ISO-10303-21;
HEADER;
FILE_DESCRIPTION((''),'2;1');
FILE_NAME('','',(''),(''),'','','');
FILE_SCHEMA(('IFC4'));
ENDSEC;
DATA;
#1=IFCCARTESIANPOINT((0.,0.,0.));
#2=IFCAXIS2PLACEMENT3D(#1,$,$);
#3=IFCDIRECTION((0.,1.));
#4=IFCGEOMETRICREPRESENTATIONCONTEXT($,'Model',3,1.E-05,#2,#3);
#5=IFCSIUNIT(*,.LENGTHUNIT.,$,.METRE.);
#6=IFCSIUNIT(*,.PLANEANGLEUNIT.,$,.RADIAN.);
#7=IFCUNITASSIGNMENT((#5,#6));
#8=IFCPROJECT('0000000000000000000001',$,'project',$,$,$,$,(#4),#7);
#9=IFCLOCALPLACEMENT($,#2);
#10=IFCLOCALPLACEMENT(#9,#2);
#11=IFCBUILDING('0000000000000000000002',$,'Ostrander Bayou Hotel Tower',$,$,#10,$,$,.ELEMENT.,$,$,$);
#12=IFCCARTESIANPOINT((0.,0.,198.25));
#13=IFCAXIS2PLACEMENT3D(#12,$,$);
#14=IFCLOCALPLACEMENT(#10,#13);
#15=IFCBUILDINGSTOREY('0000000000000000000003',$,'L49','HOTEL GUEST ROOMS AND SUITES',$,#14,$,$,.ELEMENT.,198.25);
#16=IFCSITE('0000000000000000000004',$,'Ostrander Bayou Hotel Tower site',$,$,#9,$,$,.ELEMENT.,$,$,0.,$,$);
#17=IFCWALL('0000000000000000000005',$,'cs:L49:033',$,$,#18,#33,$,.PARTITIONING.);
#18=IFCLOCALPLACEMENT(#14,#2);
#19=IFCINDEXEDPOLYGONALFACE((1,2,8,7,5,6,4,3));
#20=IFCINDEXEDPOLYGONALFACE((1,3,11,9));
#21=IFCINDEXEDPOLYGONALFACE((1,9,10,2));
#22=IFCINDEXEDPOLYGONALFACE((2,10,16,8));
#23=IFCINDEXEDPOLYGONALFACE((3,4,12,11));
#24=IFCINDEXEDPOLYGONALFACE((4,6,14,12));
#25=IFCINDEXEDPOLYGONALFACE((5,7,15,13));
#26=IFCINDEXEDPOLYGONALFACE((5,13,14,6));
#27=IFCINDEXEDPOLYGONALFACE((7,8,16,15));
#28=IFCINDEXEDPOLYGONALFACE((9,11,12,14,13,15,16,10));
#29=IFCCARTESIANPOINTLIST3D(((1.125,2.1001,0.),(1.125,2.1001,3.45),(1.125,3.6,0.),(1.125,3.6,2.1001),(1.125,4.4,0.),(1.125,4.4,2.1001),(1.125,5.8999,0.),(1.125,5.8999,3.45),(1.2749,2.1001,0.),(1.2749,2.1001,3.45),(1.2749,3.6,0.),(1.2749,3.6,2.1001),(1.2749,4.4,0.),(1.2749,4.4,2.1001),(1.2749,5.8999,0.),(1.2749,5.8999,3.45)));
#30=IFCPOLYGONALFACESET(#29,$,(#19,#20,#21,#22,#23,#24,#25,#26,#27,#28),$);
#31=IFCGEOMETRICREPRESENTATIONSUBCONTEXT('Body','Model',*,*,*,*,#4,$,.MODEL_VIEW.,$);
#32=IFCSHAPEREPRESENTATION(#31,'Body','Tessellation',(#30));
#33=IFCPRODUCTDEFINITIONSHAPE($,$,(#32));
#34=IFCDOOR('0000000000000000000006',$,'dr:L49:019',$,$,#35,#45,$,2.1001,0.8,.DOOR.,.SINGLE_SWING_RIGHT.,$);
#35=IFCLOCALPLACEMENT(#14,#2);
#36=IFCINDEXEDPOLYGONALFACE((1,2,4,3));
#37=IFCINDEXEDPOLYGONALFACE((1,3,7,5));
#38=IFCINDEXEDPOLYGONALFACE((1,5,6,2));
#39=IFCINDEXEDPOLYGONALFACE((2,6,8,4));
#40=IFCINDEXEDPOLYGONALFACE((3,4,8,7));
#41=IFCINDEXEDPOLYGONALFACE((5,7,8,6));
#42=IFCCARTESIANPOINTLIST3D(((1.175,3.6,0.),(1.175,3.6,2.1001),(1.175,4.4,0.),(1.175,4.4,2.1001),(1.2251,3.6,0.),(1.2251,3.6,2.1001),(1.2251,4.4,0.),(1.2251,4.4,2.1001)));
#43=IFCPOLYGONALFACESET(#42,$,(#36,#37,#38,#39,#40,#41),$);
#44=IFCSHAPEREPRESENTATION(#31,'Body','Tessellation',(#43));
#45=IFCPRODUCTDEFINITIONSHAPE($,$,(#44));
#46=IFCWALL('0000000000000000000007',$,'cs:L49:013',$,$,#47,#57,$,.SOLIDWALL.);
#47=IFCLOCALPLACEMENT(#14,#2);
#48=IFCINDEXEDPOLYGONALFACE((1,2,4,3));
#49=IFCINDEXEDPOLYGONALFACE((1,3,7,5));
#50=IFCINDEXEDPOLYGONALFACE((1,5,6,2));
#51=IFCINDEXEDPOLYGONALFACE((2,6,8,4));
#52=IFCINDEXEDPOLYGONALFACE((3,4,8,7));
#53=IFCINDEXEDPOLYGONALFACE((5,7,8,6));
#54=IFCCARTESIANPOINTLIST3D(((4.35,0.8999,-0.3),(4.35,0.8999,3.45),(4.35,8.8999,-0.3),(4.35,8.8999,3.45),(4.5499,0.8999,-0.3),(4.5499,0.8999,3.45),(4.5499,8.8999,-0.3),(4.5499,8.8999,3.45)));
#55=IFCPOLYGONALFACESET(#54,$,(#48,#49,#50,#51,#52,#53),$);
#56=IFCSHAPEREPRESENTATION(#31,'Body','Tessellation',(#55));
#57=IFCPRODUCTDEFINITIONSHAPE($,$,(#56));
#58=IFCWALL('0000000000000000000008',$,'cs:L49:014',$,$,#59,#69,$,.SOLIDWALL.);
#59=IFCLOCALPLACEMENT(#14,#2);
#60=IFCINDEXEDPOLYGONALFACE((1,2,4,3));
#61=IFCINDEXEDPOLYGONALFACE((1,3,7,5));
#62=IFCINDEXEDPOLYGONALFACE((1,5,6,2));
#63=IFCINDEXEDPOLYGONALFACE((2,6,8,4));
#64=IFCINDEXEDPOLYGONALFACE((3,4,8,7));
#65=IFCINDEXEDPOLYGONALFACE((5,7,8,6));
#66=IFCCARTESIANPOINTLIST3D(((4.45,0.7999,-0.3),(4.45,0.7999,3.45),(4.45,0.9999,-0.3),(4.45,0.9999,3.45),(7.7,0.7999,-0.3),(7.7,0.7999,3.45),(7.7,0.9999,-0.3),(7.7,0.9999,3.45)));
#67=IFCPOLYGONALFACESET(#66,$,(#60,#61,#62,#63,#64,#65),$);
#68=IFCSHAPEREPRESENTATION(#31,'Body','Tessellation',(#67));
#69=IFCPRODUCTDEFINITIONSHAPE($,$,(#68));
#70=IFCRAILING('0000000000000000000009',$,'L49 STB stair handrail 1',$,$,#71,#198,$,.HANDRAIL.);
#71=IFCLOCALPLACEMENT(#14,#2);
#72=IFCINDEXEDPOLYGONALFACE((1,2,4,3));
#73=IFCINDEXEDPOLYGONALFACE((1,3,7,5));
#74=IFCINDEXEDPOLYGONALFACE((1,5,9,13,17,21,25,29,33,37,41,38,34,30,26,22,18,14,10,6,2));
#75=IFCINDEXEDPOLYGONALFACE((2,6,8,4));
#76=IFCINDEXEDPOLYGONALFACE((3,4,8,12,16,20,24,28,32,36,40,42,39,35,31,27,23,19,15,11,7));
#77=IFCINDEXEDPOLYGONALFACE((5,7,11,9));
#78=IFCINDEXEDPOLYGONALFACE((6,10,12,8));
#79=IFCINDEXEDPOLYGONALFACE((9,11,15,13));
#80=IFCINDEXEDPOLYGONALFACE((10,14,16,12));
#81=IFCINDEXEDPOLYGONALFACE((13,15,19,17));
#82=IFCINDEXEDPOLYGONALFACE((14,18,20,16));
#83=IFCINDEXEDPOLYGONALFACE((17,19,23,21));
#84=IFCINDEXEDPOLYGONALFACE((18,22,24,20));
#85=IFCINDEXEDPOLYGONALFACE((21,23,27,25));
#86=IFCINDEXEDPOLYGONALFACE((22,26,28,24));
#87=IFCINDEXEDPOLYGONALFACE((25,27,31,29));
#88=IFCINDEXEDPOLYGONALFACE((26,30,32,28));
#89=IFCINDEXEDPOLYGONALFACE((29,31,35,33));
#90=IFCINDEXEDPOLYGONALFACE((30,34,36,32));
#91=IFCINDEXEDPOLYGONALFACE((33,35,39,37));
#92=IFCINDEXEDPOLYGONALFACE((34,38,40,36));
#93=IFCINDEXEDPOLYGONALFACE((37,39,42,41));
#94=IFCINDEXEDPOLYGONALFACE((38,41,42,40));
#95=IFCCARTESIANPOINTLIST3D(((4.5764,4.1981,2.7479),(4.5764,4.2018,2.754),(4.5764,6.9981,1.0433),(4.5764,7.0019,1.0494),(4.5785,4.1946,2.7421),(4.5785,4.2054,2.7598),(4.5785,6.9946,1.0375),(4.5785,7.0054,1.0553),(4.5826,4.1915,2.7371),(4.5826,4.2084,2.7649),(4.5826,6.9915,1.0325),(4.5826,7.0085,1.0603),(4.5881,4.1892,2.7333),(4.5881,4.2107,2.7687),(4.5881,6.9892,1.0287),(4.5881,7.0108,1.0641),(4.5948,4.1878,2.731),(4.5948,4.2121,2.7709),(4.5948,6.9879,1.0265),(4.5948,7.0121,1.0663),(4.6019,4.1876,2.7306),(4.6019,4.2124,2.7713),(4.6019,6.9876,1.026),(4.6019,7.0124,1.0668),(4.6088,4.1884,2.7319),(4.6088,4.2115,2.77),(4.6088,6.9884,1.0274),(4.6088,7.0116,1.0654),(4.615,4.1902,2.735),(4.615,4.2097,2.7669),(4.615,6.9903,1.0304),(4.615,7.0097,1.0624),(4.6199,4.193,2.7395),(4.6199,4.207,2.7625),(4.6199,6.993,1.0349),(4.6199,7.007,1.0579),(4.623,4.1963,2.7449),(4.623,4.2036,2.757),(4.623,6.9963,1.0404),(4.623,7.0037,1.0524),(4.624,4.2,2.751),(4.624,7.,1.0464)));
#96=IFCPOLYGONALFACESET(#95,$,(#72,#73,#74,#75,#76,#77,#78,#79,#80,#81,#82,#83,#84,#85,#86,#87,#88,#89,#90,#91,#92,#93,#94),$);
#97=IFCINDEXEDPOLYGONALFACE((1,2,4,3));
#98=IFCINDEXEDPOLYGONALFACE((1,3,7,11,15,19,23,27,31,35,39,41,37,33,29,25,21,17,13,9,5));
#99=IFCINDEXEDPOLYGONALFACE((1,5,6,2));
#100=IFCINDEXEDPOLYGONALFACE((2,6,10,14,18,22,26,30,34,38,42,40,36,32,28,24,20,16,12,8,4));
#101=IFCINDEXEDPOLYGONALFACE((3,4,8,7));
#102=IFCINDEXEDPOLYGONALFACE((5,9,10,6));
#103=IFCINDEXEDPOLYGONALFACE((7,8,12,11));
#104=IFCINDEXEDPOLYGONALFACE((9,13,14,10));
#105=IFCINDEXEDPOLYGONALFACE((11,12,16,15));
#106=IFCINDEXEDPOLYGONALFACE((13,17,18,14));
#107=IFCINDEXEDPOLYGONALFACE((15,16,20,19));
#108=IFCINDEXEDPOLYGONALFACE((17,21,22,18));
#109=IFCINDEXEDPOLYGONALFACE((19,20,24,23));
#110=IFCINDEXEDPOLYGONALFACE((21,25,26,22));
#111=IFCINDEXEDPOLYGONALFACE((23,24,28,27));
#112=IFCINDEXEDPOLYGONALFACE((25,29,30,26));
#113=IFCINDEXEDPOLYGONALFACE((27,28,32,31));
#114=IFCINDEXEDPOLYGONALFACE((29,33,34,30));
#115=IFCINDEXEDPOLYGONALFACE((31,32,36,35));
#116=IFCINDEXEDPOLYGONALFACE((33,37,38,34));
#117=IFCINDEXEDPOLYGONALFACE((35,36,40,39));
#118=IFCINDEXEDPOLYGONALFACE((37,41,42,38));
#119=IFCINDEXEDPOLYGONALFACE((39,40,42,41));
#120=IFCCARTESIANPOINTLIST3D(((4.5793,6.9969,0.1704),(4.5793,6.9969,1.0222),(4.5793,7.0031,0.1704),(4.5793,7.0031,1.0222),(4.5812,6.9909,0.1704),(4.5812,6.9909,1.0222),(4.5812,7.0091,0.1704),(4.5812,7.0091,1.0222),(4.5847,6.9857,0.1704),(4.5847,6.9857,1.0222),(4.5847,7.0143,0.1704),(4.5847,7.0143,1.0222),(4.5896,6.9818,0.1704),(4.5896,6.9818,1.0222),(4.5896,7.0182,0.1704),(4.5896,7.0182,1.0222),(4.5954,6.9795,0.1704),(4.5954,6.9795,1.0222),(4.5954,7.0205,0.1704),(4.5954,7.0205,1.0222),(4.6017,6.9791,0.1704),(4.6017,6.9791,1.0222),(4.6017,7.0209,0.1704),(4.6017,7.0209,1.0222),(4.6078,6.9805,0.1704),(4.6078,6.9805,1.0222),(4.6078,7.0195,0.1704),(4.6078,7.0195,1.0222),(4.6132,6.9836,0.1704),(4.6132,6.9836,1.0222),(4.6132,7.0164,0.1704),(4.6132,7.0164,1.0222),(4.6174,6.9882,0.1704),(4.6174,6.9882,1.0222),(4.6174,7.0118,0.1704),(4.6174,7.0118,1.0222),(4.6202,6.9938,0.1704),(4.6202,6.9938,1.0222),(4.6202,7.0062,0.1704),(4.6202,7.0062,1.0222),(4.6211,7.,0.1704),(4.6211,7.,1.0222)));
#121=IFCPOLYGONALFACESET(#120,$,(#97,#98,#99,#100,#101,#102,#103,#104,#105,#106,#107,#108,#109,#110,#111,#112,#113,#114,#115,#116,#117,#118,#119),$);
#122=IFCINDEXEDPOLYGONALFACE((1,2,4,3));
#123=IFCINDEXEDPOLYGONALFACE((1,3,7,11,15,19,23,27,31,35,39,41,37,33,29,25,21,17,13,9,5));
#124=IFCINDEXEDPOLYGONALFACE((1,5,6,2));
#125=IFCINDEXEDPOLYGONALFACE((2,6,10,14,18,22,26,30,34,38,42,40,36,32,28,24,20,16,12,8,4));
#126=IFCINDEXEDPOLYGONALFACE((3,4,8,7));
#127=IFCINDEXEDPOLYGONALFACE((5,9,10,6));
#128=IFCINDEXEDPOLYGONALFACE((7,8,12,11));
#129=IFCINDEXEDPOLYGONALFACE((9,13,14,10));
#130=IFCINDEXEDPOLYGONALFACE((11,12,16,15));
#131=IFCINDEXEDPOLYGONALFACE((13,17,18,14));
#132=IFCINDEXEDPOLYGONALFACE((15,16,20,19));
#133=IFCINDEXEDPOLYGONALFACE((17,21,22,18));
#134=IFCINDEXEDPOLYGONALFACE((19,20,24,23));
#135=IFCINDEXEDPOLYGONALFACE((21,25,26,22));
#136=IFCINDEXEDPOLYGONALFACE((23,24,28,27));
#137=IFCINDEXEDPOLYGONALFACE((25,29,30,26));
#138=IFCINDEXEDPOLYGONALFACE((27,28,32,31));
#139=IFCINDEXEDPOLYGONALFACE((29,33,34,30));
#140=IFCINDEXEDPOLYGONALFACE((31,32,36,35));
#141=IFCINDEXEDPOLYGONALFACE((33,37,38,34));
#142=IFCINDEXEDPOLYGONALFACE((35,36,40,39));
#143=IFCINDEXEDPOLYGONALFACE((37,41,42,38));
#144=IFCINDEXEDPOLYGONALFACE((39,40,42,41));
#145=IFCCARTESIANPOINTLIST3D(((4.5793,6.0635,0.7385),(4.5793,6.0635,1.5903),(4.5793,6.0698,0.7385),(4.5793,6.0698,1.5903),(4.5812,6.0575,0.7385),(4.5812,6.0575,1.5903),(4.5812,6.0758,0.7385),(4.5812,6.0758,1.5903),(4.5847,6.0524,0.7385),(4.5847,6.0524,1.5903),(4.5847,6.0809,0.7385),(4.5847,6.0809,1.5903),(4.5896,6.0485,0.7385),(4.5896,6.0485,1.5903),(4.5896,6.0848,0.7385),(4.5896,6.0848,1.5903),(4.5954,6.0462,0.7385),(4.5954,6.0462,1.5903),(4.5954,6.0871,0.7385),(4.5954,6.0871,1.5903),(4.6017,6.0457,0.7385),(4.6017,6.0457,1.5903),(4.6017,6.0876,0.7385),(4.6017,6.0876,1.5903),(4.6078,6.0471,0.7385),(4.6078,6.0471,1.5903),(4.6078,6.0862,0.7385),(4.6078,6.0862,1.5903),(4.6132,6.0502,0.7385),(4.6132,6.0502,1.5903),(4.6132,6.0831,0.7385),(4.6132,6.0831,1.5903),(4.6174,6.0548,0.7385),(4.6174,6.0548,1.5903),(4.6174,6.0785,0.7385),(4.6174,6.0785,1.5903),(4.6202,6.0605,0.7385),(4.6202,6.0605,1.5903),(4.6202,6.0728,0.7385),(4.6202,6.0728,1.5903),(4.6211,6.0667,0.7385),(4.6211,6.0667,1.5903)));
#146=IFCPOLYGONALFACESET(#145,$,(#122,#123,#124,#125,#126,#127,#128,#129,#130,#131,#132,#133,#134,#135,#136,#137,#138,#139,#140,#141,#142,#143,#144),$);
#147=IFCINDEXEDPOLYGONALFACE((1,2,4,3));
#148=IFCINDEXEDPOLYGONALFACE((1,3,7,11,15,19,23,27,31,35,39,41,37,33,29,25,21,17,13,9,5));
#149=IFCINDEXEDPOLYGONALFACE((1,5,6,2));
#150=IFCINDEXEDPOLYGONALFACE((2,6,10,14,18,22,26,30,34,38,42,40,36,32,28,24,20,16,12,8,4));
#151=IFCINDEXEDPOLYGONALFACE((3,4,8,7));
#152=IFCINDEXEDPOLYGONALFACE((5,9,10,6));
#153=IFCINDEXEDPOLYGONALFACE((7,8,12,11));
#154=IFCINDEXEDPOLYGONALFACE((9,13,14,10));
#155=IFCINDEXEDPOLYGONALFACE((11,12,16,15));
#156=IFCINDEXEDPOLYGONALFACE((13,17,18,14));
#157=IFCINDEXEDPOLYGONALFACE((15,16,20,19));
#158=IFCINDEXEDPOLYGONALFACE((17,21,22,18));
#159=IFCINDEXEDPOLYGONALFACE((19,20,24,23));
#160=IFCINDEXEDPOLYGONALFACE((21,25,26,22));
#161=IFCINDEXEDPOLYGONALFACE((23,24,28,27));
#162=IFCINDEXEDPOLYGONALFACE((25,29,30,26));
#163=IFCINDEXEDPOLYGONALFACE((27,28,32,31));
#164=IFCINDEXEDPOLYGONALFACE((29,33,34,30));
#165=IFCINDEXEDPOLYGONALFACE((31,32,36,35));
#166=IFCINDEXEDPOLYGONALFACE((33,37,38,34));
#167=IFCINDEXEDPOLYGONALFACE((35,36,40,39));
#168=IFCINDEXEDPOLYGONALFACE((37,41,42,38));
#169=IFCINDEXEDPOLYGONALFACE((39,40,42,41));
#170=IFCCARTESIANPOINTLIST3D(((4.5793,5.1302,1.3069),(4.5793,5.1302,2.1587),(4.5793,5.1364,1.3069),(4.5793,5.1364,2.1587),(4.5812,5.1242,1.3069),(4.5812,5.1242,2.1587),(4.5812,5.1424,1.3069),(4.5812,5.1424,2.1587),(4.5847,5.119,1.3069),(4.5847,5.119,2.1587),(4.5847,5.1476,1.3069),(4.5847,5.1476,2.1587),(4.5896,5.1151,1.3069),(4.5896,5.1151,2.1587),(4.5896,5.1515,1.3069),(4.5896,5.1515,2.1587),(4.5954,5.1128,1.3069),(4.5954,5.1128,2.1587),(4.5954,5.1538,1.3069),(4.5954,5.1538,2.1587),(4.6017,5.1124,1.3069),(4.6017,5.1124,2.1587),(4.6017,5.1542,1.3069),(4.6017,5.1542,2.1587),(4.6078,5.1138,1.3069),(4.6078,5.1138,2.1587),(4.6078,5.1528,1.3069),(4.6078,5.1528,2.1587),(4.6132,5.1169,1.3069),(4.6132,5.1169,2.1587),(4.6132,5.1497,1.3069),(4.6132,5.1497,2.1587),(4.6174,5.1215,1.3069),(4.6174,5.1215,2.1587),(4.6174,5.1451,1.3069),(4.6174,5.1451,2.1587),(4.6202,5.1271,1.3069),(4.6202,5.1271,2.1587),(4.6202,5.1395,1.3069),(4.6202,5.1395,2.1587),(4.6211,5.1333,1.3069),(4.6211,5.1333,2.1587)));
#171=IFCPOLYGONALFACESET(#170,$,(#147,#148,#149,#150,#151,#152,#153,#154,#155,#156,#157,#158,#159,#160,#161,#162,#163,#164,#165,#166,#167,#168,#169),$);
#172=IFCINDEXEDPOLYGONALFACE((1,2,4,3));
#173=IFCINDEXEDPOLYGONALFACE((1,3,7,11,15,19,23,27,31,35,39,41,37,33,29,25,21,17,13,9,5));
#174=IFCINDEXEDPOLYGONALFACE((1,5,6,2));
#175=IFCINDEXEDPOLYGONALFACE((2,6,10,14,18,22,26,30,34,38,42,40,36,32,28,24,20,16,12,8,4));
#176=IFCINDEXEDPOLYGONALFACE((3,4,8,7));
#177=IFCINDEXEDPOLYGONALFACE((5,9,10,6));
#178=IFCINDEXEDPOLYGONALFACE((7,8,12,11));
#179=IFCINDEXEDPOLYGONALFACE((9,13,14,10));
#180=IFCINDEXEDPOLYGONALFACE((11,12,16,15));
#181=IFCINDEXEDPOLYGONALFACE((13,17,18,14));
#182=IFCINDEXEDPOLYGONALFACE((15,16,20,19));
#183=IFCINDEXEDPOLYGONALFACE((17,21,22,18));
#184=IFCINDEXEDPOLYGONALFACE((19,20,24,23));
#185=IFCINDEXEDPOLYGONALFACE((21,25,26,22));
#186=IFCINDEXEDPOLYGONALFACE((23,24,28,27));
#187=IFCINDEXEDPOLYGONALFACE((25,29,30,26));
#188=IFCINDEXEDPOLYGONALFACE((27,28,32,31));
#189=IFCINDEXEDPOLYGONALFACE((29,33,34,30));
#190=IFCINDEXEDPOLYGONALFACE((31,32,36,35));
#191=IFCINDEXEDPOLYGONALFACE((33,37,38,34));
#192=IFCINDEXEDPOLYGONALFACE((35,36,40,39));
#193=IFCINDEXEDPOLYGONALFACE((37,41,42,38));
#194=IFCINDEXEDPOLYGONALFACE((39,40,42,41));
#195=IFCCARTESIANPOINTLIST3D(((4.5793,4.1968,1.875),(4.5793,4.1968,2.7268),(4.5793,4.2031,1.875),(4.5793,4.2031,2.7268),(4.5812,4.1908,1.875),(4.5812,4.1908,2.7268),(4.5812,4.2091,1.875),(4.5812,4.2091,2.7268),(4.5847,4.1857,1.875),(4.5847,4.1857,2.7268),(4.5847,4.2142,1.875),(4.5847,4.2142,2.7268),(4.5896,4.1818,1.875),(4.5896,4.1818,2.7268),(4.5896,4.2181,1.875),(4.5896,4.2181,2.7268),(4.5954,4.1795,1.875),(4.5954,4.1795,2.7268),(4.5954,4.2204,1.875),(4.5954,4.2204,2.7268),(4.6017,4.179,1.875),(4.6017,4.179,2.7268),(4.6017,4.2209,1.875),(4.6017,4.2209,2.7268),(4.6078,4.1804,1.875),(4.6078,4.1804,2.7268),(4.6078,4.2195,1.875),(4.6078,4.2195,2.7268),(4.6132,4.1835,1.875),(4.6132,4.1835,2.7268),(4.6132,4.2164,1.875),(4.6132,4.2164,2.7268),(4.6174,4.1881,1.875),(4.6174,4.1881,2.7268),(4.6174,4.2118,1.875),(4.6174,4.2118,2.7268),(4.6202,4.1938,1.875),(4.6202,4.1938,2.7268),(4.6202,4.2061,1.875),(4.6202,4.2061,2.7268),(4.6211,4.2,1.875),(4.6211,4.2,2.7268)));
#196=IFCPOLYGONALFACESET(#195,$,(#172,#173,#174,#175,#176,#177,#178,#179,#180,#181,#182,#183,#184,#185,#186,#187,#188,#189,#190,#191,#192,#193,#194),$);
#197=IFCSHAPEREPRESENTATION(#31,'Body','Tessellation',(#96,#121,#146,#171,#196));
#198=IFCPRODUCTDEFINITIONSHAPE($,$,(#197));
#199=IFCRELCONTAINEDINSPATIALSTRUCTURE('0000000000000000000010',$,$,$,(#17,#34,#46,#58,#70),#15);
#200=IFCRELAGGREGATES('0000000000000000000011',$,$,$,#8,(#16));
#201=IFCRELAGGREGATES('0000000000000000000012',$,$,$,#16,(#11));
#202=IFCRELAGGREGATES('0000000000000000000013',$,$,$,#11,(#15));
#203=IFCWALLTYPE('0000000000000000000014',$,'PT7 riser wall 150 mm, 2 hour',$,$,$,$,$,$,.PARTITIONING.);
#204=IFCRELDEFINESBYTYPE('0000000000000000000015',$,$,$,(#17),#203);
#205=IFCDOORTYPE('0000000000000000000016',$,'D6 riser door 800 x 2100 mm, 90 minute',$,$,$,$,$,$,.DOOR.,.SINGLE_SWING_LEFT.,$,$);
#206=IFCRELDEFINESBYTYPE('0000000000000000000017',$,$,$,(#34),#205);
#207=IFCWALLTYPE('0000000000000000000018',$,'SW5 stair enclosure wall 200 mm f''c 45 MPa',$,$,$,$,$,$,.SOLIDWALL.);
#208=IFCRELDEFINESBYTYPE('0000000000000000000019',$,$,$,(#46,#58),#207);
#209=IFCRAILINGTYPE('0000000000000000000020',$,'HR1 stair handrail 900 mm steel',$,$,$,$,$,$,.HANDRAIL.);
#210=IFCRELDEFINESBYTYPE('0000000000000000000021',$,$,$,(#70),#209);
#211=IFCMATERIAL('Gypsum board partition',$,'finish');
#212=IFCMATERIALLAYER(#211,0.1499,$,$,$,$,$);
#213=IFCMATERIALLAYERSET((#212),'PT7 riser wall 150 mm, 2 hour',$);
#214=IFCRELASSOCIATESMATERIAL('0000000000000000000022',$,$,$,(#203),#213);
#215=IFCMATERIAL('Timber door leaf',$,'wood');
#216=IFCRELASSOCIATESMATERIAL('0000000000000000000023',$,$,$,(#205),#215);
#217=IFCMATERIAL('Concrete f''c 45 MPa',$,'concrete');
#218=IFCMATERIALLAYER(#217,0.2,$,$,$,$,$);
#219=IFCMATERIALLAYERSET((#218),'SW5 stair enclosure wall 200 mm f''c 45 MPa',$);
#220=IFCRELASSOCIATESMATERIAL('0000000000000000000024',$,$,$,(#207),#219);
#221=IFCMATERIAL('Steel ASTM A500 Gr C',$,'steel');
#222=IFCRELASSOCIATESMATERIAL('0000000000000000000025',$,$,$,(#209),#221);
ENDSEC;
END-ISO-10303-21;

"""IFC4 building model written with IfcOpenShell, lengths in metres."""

from ifc_helpers import new_model, si_unit, direction, frame, frame_2d, origin, origin_2d, place, context, subcontext, project, spatial, rectangle, circle, extrude, material, layer, layer_set, type_object, element, fill, save


model = new_model("IFC4")

# Units and contexts
model_context = context("Model", 3, precision=1e-05, world=origin(), true_north=direction((0.0, 1.0)))
body_context = subcontext(model_context, "Body", "Model", "MODEL_VIEW")
ifc_project = project(units=[si_unit("LENGTHUNIT", "METRE"), si_unit("PLANEANGLEUNIT", "RADIAN")], contexts=[model_context])

# Site, building, storey
site_placement = place(None, origin())
site = spatial("IfcSite", under=ifc_project, at=site_placement, Name="Ostrander Bayou Hotel Tower site", CompositionType="ELEMENT", RefElevation=0.0)
building_placement = place(site_placement, origin())
building = spatial("IfcBuilding", under=site, at=building_placement, Name="Ostrander Bayou Hotel Tower", CompositionType="ELEMENT")
storey_placement = place(building_placement, frame((0.0, 0.0, 198.25)))
storey = spatial("IfcBuildingStorey", under=building, at=storey_placement, Name="L49", Description="HOTEL GUEST ROOMS AND SUITES", CompositionType="ELEMENT", Elevation=198.25)

# Wall, opening, door
ifc_material_1 = material(Name="Gypsum board partition", Category="finish")
ifc_layer_1 = layer(ifc_material_1, 0.1499)
ifc_layer_set_1 = layer_set([ifc_layer_1], Name="PT7 riser wall 150 mm, 2 hour")
wall_type_1 = type_object("IfcWallType", Name="PT7 riser wall 150 mm, 2 hour", PredefinedType="PARTITIONING", material=ifc_layer_set_1)
wall_1_placement = place(storey_placement, frame((1.2, 2.1001, 0.0), z_axis=(0.0, 0.0, 1.0), x_axis=(0.0, 1.0, 0.0)))
wall_1 = element("IfcWall", 1, at=wall_1_placement, inside=storey, type_object=wall_type_1, Name="cs:L49:033", PredefinedType="PARTITIONING", context=body_context, shape_type="SweptSolid", body=[
    extrude(rectangle(XDim=3.7998, YDim=0.1499, at=frame_2d((1.8999, 0.0))), origin(), (0.0, 0.0, 1.0), 3.45),
])
opening_1_placement = place(wall_1_placement, frame((1.5, 0.0, 0.0)))
opening_1 = element("IfcOpeningElement", 2, at=opening_1_placement, cuts=wall_1, PredefinedType="OPENING", context=body_context, shape_type="SweptSolid", body=[
    extrude(rectangle(XDim=0.8, YDim=2.1001, at=frame_2d((0.3999, 1.05))), frame((0.0, 0.075, 0.0), z_axis=(0.0, -1.0, 0.0), x_axis=(1.0, 0.0, 0.0)), (0.0, 0.0, 1.0), 0.1499),
])
ifc_material_2 = material(Name="Timber door leaf", Category="wood")
door_type_1 = type_object("IfcDoorType", Name="D6 riser door 800 x 2100 mm, 90 minute", OperationType="SINGLE_SWING_LEFT", PredefinedType="DOOR", material=ifc_material_2)
door_1_placement = place(opening_1_placement, origin())
door_1 = element("IfcDoor", 3, at=door_1_placement, inside=storey, type_object=door_type_1, Name="dr:L49:019", OperationType="SINGLE_SWING_RIGHT", OverallHeight=2.1001, OverallWidth=0.8, PredefinedType="DOOR", context=body_context, shape_type="SweptSolid", body=[
    extrude(rectangle(XDim=0.8, YDim=2.1001, at=frame_2d((0.3999, 1.05))), frame((0.0, 0.0249, 0.0), z_axis=(0.0, -1.0, 0.0), x_axis=(1.0, 0.0, 0.0)), (0.0, 0.0, 1.0), 0.05),
])
fill(opening_1, door_1)

# Walls
ifc_material_3 = material(Name="Concrete f'c 45 MPa", Category="concrete")
ifc_layer_2 = layer(ifc_material_3, 0.2)
ifc_layer_set_2 = layer_set([ifc_layer_2], Name="SW5 stair enclosure wall 200 mm f'c 45 MPa")
wall_type_2 = type_object("IfcWallType", Name="SW5 stair enclosure wall 200 mm f'c 45 MPa", PredefinedType="SOLIDWALL", material=ifc_layer_set_2)
wall_2_placement = place(storey_placement, frame((4.45, 0.8999, -0.3), z_axis=(0.0, 0.0, 1.0), x_axis=(0.0, 1.0, 0.0)))
element("IfcWall", 4, at=wall_2_placement, inside=storey, type_object=wall_type_2, Name="cs:L49:013", PredefinedType="SOLIDWALL", context=body_context, shape_type="SweptSolid", body=[
    extrude(rectangle(XDim=8.0, YDim=0.2, at=frame_2d((4.0, 0.0))), origin(), (0.0, 0.0, 1.0), 3.75),
])
wall_3_placement = place(storey_placement, frame((4.45, 0.8999, -0.3), z_axis=(0.0, 0.0, 1.0), x_axis=(1.0, 0.0, 0.0)))
element("IfcWall", 5, at=wall_3_placement, inside=storey, type_object=wall_type_2, Name="cs:L49:014", PredefinedType="SOLIDWALL", context=body_context, shape_type="SweptSolid", body=[
    extrude(rectangle(XDim=3.25, YDim=0.2, at=frame_2d((1.625, 0.0))), origin(), (0.0, 0.0, 1.0), 3.75),
])

# Railing
ifc_material_4 = material(Name="Steel ASTM A500 Gr C", Category="steel")
railing_type = type_object("IfcRailingType", Name="HR1 stair handrail 900 mm steel", PredefinedType="HANDRAIL", material=ifc_material_4)
railing_placement = place(storey_placement, frame((4.6001, 7.0, 0.1704)))
element("IfcRailing", 6, at=railing_placement, inside=storey, type_object=railing_type, Name="L49 STB stair handrail 1", PredefinedType="HANDRAIL", context=body_context, shape_type="SweptSolid", body=[
    extrude(circle(Radius=0.0239, at=origin_2d()), frame((0.0, 0.0, 0.876), z_axis=(0.0, -0.85417, 0.519994), x_axis=(1.0, 0.0, 0.0)), (0.0, 0.0, 1.0), 3.2781),
    extrude(circle(Radius=0.021, at=origin_2d()), origin(), (0.0, 0.0, 1.0), 0.8518),
    extrude(circle(Radius=0.021, at=origin_2d()), frame((0.0, -0.9333, 0.5681)), (0.0, 0.0, 1.0), 0.8518),
    extrude(circle(Radius=0.021, at=origin_2d()), frame((0.0, -1.8667, 1.1365)), (0.0, 0.0, 1.0), 0.8518),
    extrude(circle(Radius=0.021, at=origin_2d()), frame((0.0, -2.8, 1.7046)), (0.0, 0.0, 1.0), 0.8518),
])

save(model, "model.ifc")
